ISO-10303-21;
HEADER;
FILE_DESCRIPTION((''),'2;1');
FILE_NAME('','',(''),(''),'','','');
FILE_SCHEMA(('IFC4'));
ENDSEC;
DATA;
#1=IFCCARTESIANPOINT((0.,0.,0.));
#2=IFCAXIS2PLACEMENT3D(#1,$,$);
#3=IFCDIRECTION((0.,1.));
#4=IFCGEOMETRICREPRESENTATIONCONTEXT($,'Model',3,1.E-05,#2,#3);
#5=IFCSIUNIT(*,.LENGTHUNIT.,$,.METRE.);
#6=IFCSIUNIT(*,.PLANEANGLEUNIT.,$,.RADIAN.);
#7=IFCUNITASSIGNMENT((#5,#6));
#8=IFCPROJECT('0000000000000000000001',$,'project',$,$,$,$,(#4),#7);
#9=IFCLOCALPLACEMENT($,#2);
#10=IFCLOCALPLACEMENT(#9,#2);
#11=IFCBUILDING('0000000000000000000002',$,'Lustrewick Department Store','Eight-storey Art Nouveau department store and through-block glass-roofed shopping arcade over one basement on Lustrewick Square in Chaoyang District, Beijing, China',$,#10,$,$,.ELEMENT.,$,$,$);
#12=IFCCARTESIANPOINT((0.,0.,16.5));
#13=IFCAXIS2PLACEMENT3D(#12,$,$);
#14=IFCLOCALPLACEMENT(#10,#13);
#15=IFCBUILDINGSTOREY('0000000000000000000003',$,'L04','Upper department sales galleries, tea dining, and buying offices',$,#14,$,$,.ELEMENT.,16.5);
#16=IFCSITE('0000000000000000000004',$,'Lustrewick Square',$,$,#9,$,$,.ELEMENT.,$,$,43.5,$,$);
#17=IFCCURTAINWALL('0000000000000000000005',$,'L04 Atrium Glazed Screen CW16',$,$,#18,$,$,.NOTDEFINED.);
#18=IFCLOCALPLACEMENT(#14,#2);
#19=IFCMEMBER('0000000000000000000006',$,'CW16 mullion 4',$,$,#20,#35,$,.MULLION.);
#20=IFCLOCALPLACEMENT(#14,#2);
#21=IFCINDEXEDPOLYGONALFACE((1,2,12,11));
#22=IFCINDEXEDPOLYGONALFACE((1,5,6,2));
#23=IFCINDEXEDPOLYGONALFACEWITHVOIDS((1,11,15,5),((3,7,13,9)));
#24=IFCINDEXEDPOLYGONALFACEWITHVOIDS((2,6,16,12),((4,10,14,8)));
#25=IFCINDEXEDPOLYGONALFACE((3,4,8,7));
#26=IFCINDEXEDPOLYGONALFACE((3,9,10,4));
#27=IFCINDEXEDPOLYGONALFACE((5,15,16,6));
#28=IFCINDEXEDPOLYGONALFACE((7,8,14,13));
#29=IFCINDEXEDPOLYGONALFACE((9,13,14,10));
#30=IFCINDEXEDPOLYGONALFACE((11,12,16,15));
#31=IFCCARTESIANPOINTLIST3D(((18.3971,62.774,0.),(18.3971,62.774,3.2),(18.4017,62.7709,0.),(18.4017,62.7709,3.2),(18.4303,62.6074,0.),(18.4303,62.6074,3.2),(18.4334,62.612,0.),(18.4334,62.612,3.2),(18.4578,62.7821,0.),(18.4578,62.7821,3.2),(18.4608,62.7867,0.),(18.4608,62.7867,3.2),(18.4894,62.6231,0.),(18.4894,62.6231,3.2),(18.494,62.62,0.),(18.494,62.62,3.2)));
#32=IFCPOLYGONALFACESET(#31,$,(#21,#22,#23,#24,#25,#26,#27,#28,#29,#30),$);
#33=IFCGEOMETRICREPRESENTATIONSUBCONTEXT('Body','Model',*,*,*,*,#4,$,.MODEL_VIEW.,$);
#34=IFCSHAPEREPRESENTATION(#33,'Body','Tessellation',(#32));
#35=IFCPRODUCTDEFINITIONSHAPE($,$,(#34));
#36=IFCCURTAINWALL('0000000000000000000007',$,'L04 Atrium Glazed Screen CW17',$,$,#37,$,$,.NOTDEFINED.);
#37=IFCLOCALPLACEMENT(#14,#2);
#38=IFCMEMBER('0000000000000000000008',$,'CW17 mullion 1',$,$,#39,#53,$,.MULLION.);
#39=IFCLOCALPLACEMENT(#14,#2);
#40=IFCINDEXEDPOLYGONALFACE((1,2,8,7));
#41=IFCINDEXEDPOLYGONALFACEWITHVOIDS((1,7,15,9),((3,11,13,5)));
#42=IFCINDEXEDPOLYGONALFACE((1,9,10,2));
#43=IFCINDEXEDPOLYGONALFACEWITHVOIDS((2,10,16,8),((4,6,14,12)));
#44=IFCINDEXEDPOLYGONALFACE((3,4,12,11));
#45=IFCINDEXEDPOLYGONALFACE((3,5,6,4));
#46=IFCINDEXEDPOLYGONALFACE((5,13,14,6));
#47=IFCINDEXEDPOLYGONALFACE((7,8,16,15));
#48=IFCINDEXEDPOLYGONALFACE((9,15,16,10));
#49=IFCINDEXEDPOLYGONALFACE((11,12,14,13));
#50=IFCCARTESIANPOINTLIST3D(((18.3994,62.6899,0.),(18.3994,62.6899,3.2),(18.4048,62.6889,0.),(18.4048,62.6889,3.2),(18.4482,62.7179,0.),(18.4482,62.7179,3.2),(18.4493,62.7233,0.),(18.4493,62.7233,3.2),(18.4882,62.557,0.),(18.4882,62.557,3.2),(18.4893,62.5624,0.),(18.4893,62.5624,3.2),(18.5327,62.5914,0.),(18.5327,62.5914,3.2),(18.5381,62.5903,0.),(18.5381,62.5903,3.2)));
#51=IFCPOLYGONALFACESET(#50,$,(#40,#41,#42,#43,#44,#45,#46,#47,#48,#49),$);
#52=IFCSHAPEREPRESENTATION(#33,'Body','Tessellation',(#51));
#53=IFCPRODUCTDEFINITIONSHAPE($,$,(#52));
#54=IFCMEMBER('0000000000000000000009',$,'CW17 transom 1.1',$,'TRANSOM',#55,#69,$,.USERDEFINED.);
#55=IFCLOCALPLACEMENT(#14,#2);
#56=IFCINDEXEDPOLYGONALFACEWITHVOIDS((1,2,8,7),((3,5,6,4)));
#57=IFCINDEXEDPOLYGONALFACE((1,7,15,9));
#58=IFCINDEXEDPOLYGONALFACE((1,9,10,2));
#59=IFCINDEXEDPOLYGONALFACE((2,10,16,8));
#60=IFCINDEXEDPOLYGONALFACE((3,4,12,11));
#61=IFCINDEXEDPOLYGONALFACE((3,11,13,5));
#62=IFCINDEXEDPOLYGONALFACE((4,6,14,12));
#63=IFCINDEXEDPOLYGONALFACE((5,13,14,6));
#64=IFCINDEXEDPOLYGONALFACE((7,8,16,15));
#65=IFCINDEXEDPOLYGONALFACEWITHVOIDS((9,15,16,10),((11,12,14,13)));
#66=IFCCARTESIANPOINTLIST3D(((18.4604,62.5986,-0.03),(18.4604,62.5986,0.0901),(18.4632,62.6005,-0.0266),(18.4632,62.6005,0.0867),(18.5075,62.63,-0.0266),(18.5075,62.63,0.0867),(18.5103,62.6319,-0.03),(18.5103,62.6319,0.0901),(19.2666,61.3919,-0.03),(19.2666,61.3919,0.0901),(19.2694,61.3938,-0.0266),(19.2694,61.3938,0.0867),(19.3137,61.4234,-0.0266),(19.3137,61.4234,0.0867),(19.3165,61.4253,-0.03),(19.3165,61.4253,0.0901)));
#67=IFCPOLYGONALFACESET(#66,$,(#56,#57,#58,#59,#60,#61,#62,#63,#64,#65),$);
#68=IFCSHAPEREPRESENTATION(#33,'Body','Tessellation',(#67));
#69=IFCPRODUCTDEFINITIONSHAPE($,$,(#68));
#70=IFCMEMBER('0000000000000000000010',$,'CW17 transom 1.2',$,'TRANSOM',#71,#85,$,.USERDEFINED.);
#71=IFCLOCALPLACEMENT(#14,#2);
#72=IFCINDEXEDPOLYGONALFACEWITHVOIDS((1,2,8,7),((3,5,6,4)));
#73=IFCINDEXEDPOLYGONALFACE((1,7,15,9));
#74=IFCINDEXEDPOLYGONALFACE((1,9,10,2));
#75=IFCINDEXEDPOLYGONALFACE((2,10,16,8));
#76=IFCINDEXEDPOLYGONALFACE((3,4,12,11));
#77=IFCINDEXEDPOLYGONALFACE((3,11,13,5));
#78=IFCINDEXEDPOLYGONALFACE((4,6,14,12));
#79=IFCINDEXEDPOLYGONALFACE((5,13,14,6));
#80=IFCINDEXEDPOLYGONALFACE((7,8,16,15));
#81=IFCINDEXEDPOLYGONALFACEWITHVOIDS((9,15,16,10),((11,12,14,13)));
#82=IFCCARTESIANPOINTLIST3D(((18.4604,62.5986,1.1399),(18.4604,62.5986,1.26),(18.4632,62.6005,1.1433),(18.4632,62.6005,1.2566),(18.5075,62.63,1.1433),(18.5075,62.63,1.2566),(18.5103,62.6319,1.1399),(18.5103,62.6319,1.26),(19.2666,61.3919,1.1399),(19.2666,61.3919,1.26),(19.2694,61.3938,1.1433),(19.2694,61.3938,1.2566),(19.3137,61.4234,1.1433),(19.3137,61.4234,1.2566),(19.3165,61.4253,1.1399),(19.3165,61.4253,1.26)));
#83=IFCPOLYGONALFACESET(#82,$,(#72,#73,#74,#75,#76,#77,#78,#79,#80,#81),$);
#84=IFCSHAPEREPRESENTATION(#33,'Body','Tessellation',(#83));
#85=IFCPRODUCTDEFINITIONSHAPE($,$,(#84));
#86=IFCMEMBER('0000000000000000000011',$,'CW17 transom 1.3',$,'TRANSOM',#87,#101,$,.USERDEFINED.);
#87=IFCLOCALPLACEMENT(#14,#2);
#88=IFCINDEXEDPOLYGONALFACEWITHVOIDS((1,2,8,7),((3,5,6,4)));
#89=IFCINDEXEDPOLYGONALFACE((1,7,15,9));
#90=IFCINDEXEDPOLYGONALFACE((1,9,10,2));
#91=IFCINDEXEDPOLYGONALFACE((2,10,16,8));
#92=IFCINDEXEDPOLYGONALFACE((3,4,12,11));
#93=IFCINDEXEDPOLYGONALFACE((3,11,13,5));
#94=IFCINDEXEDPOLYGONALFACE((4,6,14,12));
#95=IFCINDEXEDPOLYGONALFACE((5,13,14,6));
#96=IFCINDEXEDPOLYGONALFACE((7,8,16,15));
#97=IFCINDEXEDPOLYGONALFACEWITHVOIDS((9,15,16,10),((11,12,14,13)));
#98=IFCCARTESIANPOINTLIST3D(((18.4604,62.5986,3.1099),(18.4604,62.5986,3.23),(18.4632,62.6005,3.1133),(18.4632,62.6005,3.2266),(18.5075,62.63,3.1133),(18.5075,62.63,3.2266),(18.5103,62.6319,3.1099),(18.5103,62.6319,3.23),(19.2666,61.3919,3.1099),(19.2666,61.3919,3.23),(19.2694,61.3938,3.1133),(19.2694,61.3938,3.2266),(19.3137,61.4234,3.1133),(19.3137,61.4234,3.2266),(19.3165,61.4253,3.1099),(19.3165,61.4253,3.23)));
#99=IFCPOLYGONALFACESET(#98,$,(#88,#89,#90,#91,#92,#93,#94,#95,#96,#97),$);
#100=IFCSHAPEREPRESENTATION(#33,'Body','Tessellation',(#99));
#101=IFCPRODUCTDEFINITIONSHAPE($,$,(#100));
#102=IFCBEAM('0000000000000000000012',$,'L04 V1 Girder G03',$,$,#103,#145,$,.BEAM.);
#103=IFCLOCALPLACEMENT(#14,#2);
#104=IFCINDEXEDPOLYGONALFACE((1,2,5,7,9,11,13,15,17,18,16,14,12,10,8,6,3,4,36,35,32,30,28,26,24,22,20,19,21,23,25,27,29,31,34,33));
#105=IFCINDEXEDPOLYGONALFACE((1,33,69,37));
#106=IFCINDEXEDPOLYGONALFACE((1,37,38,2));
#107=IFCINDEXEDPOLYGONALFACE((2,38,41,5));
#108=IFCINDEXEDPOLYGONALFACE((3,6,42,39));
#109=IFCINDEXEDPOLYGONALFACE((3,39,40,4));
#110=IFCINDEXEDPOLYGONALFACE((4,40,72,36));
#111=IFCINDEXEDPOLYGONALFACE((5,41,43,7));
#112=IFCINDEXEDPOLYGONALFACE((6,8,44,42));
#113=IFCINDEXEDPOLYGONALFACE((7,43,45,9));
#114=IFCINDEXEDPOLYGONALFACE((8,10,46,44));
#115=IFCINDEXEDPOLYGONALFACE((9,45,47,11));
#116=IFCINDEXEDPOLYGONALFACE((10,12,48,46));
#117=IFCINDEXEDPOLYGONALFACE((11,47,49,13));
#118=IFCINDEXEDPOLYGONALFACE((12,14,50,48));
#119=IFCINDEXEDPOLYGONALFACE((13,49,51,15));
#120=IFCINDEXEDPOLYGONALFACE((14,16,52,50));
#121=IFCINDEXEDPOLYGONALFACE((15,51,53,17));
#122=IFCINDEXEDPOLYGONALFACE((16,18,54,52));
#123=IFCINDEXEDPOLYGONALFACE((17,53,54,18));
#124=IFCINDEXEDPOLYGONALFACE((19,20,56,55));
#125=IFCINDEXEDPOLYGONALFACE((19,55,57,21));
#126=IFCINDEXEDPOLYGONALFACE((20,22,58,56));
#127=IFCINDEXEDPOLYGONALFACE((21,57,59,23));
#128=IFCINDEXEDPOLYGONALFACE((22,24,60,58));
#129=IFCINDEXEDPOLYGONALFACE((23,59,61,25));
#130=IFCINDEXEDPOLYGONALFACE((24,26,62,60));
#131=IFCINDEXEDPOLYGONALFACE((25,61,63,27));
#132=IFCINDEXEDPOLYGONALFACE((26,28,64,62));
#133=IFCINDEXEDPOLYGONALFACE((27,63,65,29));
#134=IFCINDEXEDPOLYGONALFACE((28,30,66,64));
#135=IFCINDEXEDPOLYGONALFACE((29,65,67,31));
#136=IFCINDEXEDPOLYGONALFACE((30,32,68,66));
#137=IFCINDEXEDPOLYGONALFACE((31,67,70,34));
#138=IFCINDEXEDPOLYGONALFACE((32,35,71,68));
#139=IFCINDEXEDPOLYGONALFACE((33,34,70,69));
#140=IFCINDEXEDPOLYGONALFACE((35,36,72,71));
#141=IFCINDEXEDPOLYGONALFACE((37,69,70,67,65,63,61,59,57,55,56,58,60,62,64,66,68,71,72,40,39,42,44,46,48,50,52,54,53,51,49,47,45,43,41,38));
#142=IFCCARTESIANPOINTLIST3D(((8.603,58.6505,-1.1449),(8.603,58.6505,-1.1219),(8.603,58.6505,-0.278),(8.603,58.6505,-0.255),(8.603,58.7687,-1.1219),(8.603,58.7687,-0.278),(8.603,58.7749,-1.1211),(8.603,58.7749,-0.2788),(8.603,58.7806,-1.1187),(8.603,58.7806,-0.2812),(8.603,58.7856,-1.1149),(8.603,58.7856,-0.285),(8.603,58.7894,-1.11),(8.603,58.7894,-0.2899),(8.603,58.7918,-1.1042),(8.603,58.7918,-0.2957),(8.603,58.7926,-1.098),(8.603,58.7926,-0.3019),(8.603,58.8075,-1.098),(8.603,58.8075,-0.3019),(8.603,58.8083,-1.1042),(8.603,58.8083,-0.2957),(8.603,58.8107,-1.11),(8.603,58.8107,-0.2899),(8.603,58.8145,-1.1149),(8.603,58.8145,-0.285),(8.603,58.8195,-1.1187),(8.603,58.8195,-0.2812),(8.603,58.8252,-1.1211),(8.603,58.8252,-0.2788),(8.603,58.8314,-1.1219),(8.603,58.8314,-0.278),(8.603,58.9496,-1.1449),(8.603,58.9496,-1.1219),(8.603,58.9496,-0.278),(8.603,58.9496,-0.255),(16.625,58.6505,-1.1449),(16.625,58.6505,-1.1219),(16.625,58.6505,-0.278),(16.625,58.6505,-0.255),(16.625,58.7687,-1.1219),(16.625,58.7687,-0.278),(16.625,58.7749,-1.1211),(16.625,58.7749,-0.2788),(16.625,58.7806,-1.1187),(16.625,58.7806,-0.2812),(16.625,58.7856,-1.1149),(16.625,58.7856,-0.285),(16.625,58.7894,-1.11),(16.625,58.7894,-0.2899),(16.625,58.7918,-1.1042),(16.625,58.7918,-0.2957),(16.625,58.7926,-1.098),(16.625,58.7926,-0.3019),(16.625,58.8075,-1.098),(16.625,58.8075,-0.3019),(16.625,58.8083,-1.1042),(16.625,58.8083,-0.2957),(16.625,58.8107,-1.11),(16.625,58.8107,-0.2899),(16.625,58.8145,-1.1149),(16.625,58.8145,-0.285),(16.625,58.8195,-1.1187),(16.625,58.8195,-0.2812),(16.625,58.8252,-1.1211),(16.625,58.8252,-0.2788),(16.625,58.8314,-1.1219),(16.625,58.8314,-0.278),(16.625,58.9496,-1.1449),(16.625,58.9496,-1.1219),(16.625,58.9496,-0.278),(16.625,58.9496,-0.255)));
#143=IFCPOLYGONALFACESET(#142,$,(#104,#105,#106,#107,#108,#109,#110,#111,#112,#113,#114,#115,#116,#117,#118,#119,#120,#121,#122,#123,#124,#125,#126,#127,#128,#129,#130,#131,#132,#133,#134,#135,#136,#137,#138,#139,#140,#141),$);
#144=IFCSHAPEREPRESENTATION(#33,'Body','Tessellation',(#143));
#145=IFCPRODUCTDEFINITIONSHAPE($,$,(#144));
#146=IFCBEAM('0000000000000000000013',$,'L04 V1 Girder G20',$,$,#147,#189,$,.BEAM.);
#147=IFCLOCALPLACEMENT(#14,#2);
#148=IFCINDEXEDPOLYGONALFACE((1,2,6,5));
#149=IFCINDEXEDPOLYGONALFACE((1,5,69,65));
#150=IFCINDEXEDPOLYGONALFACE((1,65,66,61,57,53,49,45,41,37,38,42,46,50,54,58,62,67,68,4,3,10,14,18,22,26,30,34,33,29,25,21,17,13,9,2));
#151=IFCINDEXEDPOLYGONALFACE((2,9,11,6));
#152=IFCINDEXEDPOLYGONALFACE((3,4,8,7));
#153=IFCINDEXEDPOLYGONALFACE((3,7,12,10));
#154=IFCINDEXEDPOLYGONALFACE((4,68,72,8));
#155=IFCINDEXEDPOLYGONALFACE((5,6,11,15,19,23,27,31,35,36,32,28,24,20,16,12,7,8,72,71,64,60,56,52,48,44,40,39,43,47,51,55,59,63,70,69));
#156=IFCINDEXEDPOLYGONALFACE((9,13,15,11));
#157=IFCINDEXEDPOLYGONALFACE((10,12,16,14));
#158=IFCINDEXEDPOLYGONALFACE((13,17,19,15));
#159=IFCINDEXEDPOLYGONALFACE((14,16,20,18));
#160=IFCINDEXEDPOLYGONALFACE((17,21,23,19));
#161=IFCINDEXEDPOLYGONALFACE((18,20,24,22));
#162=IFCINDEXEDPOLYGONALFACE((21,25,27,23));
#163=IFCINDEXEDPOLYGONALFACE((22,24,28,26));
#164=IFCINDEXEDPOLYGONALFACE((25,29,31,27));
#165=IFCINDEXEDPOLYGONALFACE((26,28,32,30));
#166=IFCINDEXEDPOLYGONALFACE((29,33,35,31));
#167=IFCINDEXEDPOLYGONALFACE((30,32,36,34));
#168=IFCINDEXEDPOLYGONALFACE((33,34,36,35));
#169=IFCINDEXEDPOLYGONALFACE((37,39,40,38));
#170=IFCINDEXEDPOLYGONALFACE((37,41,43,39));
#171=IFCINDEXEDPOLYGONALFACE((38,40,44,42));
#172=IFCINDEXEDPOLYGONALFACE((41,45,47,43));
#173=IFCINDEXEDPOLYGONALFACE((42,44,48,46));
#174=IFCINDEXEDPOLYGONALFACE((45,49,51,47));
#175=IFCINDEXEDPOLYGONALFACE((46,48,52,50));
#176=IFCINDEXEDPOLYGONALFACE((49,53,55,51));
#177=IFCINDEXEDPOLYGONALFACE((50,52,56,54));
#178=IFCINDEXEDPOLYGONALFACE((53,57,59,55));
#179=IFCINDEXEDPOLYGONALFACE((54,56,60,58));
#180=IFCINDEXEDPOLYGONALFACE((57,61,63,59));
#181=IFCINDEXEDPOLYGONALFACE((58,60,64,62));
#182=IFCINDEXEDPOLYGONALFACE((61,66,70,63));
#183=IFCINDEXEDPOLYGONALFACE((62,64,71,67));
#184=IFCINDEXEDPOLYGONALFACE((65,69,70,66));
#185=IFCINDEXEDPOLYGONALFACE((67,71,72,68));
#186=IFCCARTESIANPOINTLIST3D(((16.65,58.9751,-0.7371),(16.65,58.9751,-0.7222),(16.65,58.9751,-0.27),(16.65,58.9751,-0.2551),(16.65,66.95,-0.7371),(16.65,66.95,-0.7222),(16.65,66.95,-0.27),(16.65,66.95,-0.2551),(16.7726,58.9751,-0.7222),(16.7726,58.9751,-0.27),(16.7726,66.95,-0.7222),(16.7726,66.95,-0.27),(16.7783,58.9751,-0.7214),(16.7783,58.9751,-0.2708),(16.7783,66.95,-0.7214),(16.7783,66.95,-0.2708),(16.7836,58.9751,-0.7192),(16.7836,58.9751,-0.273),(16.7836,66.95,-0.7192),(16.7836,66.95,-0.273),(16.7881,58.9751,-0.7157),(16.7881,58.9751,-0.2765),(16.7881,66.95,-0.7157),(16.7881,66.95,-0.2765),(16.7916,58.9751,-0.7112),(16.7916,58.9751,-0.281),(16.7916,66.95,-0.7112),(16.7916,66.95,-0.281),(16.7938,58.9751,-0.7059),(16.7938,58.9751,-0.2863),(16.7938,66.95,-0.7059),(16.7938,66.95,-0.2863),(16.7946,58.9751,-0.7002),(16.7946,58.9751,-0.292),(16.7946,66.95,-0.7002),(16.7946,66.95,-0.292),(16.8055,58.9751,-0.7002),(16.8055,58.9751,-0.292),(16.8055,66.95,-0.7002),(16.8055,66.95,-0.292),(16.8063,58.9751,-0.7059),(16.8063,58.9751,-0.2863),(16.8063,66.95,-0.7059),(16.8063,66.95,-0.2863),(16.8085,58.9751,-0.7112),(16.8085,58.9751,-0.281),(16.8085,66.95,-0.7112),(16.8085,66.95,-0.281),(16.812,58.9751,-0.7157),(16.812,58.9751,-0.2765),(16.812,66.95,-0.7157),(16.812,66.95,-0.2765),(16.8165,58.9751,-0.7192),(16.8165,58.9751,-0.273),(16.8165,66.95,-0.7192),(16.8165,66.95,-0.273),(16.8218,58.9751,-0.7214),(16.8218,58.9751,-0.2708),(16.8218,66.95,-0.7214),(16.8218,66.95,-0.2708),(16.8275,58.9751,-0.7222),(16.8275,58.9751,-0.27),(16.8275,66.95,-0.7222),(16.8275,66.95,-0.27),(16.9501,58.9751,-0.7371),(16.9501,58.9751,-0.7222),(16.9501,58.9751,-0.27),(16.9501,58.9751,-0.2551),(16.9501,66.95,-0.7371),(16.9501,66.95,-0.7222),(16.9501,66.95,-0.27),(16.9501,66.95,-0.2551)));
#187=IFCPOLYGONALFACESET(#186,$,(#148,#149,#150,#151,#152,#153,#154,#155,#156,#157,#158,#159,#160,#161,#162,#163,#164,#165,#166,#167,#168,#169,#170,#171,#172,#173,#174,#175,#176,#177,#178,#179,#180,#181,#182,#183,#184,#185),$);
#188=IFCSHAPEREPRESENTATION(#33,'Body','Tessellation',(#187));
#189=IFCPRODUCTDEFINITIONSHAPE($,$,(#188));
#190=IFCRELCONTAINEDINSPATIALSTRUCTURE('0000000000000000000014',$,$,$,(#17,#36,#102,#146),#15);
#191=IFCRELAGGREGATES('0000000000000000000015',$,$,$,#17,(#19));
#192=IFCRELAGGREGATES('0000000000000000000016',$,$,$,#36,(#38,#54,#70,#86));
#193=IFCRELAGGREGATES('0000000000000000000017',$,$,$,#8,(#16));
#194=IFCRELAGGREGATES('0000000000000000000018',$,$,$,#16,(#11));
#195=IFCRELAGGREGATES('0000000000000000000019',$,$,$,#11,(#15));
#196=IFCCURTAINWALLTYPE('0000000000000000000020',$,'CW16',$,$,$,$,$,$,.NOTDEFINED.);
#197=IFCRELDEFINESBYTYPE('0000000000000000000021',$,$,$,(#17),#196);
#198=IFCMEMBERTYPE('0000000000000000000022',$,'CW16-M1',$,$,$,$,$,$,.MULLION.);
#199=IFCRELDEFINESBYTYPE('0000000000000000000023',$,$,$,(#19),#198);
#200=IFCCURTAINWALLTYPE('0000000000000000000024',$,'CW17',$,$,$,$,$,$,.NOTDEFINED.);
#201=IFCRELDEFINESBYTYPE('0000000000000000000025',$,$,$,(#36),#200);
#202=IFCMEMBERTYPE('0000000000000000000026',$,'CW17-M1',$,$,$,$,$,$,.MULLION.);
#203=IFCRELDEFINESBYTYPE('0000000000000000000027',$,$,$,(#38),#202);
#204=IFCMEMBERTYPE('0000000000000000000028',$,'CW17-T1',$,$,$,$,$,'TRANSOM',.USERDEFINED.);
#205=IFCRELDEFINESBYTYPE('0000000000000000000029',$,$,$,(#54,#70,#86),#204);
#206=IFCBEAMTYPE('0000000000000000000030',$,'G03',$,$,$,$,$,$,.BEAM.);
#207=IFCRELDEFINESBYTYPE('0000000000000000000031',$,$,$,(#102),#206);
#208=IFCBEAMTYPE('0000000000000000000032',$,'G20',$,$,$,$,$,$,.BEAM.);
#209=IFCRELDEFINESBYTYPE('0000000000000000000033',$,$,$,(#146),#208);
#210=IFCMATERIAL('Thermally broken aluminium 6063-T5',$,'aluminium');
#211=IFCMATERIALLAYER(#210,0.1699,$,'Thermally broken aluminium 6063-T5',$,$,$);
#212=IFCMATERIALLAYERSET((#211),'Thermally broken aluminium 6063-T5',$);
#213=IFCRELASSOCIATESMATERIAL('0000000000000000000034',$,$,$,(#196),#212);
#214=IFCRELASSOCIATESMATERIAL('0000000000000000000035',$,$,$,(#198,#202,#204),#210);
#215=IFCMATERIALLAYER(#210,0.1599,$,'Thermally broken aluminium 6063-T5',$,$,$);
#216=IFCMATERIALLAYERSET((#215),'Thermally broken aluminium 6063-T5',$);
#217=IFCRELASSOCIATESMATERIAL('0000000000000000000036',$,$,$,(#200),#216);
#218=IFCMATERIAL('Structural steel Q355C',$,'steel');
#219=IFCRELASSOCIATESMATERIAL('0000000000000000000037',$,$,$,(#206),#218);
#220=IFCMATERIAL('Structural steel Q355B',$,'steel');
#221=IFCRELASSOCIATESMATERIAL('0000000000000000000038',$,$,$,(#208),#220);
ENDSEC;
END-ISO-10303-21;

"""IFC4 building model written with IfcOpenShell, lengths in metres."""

from ifc_helpers import new_model, si_unit, direction, frame, origin, origin_2d, place, context, subcontext, project, spatial, hollow_rectangle, i_section, extrude, material, layer, layer_set, material_profile, profile_set, type_object, element, aggregate, save


model = new_model("IFC4")

# Units and contexts
model_context = context("Model", 3, precision=1e-05, world=origin(), true_north=direction((0.0, 1.0)))
body_context = subcontext(model_context, "Body", "Model", "MODEL_VIEW")
ifc_project = project(units=[si_unit("LENGTHUNIT", "METRE"), si_unit("PLANEANGLEUNIT", "RADIAN")], contexts=[model_context])

# Site, building, storey
site_placement = place(None, origin())
site = spatial("IfcSite", under=ifc_project, at=site_placement, Name="Lustrewick Square", CompositionType="ELEMENT", RefElevation=43.5)
building_placement = place(site_placement, origin())
building = spatial("IfcBuilding", under=site, at=building_placement, Name="Lustrewick Department Store", Description="Eight-storey Art Nouveau department store and through-block glass-roofed shopping arcade over one basement on Lustrewick Square in Chaoyang District, Beijing, China", CompositionType="ELEMENT")
storey_placement = place(building_placement, frame((0.0, 0.0, 16.5)))
storey = spatial("IfcBuildingStorey", under=building, at=storey_placement, Name="L04", Description="Upper department sales galleries, tea dining, and buying offices", CompositionType="ELEMENT", Elevation=16.5)

# Shared definitions
ifc_material_1 = material(Name="Structural steel Q355C", Category="steel")

# Shared definitions
ifc_material_2 = material(Name="Structural steel Q355B", Category="steel")

# Curtain wall, member
ifc_material_3 = material(Name="Thermally broken aluminium 6063-T5", Category="aluminium")
ifc_layer_1 = layer(ifc_material_3, 0.1699, Name="Thermally broken aluminium 6063-T5")
ifc_layer_set_1 = layer_set([ifc_layer_1], Name="Thermally broken aluminium 6063-T5")
curtain_wall_type_1 = type_object("IfcCurtainWallType", Name="CW16", PredefinedType="NOTDEFINED", material=ifc_layer_set_1)
curtain_wall_1_placement = place(storey_placement, origin())
curtain_wall_1 = element("IfcCurtainWall", 1, at=curtain_wall_1_placement, inside=storey, type_object=curtain_wall_type_1, Name="L04 Atrium Glazed Screen CW16", PredefinedType="NOTDEFINED")
ifc_material_profile_1 = material_profile(ifc_material_3, hollow_rectangle(XDim=0.0649, YDim=0.1699, WallThickness=0.0039, at=origin_2d()), Name="ALU-M 65x170x4")
ifc_profile_set_1 = profile_set([ifc_material_profile_1], Name="Thermally broken aluminium 6063-T5")
member_type_1 = type_object("IfcMemberType", Name="CW16-M1", PredefinedType="MULLION", material=ifc_profile_set_1)
member_1_placement = place(storey_placement, frame((18.4456, 62.697, 0.0), z_axis=(0.0, 0.0, 1.0), x_axis=(0.980786, 0.195085, 0.0)))
member_1 = element("IfcMember", 2, at=member_1_placement, type_object=member_type_1, Name="CW16 mullion 4", PredefinedType="MULLION", context=body_context, shape_type="SweptSolid", body=[
    extrude(hollow_rectangle(XDim=0.0649, YDim=0.1699, WallThickness=0.0039, at=origin_2d()), origin(), (0.0, 0.0, 1.0), 3.2),
])
aggregate(curtain_wall_1, [member_1])

# Curtain wall, members
ifc_layer_2 = layer(ifc_material_3, 0.1599, Name="Thermally broken aluminium 6063-T5")
ifc_layer_set_2 = layer_set([ifc_layer_2], Name="Thermally broken aluminium 6063-T5")
curtain_wall_type_2 = type_object("IfcCurtainWallType", Name="CW17", PredefinedType="NOTDEFINED", material=ifc_layer_set_2)
curtain_wall_2_placement = place(storey_placement, origin())
curtain_wall_2 = element("IfcCurtainWall", 3, at=curtain_wall_2_placement, inside=storey, type_object=curtain_wall_type_2, Name="L04 Atrium Glazed Screen CW17", PredefinedType="NOTDEFINED")
ifc_material_profile_2 = material_profile(ifc_material_3, hollow_rectangle(XDim=0.0601, YDim=0.1599, WallThickness=0.0039, at=origin_2d()), Name="ALU-M 60x160x4")
ifc_profile_set_2 = profile_set([ifc_material_profile_2], Name="Thermally broken aluminium 6063-T5")
member_type_2 = type_object("IfcMemberType", Name="CW17-M1", PredefinedType="MULLION", material=ifc_profile_set_2)
member_2_placement = place(storey_placement, frame((18.4688, 62.6401, 0.0), z_axis=(0.0, 0.0, 1.0), x_axis=(0.831464, 0.555578, 0.0)))
member_2 = element("IfcMember", 4, at=member_2_placement, type_object=member_type_2, Name="CW17 mullion 1", PredefinedType="MULLION", context=body_context, shape_type="SweptSolid", body=[
    extrude(hollow_rectangle(XDim=0.0601, YDim=0.1599, WallThickness=0.0039, at=origin_2d()), origin(), (0.0, 0.0, 1.0), 3.2),
])
ifc_material_profile_3 = material_profile(ifc_material_3, hollow_rectangle(XDim=0.0601, YDim=0.1201, WallThickness=0.0034, at=origin_2d()), Name="ALU-T 60x120x3.5")
ifc_profile_set_3 = profile_set([ifc_material_profile_3], Name="Thermally broken aluminium 6063-T5")
member_type_3 = type_object("IfcMemberType", Name="CW17-T1", ElementType="TRANSOM", PredefinedType="USERDEFINED", material=ifc_profile_set_3)
member_3_placement = place(storey_placement, frame((18.4854, 62.6152, 0.03), z_axis=(0.555554, -0.83148, 0.0), x_axis=(0.83148, 0.555554, 0.0)))
member_3 = element("IfcMember", 5, at=member_3_placement, type_object=member_type_3, Name="CW17 transom 1.1", ObjectType="TRANSOM", PredefinedType="USERDEFINED", context=body_context, shape_type="SweptSolid", body=[
    extrude(hollow_rectangle(XDim=0.0601, YDim=0.1201, WallThickness=0.0034, at=origin_2d()), origin(), (0.0, 0.0, 1.0), 1.4512),
])
member_4_placement = place(storey_placement, frame((18.4854, 62.6152, 1.2), z_axis=(0.555554, -0.83148, 0.0), x_axis=(0.83148, 0.555554, 0.0)))
member_4 = element("IfcMember", 6, at=member_4_placement, type_object=member_type_3, Name="CW17 transom 1.2", ObjectType="TRANSOM", PredefinedType="USERDEFINED", context=body_context, shape_type="SweptSolid", body=[
    extrude(hollow_rectangle(XDim=0.0601, YDim=0.1201, WallThickness=0.0034, at=origin_2d()), origin(), (0.0, 0.0, 1.0), 1.4512),
])
member_5_placement = place(storey_placement, frame((18.4854, 62.6152, 3.1699), z_axis=(0.555554, -0.83148, 0.0), x_axis=(0.83148, 0.555554, 0.0)))
member_5 = element("IfcMember", 7, at=member_5_placement, type_object=member_type_3, Name="CW17 transom 1.3", ObjectType="TRANSOM", PredefinedType="USERDEFINED", context=body_context, shape_type="SweptSolid", body=[
    extrude(hollow_rectangle(XDim=0.0601, YDim=0.1201, WallThickness=0.0034, at=origin_2d()), origin(), (0.0, 0.0, 1.0), 1.4512),
])

# Beams
ifc_material_profile_4 = material_profile(ifc_material_1, i_section(OverallWidth=0.2991, OverallDepth=0.8899, WebThickness=0.0149, FlangeThickness=0.0229, FilletRadius=0.0239, at=origin_2d()), Name="HN 890x299x15x23")
ifc_profile_set_4 = profile_set([ifc_material_profile_4], Name="Structural steel Q355C")
beam_type_1 = type_object("IfcBeamType", Name="G03", PredefinedType="BEAM", material=ifc_profile_set_4)
beam_1_placement = place(storey_placement, frame((8.603, 58.8, -0.7), z_axis=(1.0, 0.0, 0.0), x_axis=(0.0, 1.0, 0.0)))
element("IfcBeam", 8, at=beam_1_placement, inside=storey, type_object=beam_type_1, Name="L04 V1 Girder G03", PredefinedType="BEAM", context=body_context, shape_type="SweptSolid", body=[
    extrude(i_section(OverallWidth=0.2991, OverallDepth=0.8899, WebThickness=0.0149, FlangeThickness=0.0229, FilletRadius=0.0239, at=origin_2d()), origin(), (0.0, 0.0, 1.0), 8.022),
])
ifc_material_profile_5 = material_profile(ifc_material_2, i_section(OverallWidth=0.3, OverallDepth=0.4819, WebThickness=0.011, FlangeThickness=0.0149, FilletRadius=0.022, at=origin_2d()), Name="HM 482x300x11x15")
ifc_profile_set_5 = profile_set([ifc_material_profile_5], Name="Structural steel Q355B")
beam_type_2 = type_object("IfcBeamType", Name="G20", PredefinedType="BEAM", material=ifc_profile_set_5)
beam_2_placement = place(storey_placement, frame((16.8, 58.9751, -0.4961), z_axis=(0.0, 1.0, 0.0), x_axis=(-1.0, 0.0, 0.0)))
element("IfcBeam", 9, at=beam_2_placement, inside=storey, type_object=beam_type_2, Name="L04 V1 Girder G20", PredefinedType="BEAM", context=body_context, shape_type="SweptSolid", body=[
    extrude(i_section(OverallWidth=0.3, OverallDepth=0.4819, WebThickness=0.011, FlangeThickness=0.0149, FilletRadius=0.022, at=origin_2d()), origin(), (0.0, 0.0, 1.0), 7.9749),
])

aggregate(curtain_wall_2, [member_2, member_3, member_4, member_5])

save(model, "model.ifc")
